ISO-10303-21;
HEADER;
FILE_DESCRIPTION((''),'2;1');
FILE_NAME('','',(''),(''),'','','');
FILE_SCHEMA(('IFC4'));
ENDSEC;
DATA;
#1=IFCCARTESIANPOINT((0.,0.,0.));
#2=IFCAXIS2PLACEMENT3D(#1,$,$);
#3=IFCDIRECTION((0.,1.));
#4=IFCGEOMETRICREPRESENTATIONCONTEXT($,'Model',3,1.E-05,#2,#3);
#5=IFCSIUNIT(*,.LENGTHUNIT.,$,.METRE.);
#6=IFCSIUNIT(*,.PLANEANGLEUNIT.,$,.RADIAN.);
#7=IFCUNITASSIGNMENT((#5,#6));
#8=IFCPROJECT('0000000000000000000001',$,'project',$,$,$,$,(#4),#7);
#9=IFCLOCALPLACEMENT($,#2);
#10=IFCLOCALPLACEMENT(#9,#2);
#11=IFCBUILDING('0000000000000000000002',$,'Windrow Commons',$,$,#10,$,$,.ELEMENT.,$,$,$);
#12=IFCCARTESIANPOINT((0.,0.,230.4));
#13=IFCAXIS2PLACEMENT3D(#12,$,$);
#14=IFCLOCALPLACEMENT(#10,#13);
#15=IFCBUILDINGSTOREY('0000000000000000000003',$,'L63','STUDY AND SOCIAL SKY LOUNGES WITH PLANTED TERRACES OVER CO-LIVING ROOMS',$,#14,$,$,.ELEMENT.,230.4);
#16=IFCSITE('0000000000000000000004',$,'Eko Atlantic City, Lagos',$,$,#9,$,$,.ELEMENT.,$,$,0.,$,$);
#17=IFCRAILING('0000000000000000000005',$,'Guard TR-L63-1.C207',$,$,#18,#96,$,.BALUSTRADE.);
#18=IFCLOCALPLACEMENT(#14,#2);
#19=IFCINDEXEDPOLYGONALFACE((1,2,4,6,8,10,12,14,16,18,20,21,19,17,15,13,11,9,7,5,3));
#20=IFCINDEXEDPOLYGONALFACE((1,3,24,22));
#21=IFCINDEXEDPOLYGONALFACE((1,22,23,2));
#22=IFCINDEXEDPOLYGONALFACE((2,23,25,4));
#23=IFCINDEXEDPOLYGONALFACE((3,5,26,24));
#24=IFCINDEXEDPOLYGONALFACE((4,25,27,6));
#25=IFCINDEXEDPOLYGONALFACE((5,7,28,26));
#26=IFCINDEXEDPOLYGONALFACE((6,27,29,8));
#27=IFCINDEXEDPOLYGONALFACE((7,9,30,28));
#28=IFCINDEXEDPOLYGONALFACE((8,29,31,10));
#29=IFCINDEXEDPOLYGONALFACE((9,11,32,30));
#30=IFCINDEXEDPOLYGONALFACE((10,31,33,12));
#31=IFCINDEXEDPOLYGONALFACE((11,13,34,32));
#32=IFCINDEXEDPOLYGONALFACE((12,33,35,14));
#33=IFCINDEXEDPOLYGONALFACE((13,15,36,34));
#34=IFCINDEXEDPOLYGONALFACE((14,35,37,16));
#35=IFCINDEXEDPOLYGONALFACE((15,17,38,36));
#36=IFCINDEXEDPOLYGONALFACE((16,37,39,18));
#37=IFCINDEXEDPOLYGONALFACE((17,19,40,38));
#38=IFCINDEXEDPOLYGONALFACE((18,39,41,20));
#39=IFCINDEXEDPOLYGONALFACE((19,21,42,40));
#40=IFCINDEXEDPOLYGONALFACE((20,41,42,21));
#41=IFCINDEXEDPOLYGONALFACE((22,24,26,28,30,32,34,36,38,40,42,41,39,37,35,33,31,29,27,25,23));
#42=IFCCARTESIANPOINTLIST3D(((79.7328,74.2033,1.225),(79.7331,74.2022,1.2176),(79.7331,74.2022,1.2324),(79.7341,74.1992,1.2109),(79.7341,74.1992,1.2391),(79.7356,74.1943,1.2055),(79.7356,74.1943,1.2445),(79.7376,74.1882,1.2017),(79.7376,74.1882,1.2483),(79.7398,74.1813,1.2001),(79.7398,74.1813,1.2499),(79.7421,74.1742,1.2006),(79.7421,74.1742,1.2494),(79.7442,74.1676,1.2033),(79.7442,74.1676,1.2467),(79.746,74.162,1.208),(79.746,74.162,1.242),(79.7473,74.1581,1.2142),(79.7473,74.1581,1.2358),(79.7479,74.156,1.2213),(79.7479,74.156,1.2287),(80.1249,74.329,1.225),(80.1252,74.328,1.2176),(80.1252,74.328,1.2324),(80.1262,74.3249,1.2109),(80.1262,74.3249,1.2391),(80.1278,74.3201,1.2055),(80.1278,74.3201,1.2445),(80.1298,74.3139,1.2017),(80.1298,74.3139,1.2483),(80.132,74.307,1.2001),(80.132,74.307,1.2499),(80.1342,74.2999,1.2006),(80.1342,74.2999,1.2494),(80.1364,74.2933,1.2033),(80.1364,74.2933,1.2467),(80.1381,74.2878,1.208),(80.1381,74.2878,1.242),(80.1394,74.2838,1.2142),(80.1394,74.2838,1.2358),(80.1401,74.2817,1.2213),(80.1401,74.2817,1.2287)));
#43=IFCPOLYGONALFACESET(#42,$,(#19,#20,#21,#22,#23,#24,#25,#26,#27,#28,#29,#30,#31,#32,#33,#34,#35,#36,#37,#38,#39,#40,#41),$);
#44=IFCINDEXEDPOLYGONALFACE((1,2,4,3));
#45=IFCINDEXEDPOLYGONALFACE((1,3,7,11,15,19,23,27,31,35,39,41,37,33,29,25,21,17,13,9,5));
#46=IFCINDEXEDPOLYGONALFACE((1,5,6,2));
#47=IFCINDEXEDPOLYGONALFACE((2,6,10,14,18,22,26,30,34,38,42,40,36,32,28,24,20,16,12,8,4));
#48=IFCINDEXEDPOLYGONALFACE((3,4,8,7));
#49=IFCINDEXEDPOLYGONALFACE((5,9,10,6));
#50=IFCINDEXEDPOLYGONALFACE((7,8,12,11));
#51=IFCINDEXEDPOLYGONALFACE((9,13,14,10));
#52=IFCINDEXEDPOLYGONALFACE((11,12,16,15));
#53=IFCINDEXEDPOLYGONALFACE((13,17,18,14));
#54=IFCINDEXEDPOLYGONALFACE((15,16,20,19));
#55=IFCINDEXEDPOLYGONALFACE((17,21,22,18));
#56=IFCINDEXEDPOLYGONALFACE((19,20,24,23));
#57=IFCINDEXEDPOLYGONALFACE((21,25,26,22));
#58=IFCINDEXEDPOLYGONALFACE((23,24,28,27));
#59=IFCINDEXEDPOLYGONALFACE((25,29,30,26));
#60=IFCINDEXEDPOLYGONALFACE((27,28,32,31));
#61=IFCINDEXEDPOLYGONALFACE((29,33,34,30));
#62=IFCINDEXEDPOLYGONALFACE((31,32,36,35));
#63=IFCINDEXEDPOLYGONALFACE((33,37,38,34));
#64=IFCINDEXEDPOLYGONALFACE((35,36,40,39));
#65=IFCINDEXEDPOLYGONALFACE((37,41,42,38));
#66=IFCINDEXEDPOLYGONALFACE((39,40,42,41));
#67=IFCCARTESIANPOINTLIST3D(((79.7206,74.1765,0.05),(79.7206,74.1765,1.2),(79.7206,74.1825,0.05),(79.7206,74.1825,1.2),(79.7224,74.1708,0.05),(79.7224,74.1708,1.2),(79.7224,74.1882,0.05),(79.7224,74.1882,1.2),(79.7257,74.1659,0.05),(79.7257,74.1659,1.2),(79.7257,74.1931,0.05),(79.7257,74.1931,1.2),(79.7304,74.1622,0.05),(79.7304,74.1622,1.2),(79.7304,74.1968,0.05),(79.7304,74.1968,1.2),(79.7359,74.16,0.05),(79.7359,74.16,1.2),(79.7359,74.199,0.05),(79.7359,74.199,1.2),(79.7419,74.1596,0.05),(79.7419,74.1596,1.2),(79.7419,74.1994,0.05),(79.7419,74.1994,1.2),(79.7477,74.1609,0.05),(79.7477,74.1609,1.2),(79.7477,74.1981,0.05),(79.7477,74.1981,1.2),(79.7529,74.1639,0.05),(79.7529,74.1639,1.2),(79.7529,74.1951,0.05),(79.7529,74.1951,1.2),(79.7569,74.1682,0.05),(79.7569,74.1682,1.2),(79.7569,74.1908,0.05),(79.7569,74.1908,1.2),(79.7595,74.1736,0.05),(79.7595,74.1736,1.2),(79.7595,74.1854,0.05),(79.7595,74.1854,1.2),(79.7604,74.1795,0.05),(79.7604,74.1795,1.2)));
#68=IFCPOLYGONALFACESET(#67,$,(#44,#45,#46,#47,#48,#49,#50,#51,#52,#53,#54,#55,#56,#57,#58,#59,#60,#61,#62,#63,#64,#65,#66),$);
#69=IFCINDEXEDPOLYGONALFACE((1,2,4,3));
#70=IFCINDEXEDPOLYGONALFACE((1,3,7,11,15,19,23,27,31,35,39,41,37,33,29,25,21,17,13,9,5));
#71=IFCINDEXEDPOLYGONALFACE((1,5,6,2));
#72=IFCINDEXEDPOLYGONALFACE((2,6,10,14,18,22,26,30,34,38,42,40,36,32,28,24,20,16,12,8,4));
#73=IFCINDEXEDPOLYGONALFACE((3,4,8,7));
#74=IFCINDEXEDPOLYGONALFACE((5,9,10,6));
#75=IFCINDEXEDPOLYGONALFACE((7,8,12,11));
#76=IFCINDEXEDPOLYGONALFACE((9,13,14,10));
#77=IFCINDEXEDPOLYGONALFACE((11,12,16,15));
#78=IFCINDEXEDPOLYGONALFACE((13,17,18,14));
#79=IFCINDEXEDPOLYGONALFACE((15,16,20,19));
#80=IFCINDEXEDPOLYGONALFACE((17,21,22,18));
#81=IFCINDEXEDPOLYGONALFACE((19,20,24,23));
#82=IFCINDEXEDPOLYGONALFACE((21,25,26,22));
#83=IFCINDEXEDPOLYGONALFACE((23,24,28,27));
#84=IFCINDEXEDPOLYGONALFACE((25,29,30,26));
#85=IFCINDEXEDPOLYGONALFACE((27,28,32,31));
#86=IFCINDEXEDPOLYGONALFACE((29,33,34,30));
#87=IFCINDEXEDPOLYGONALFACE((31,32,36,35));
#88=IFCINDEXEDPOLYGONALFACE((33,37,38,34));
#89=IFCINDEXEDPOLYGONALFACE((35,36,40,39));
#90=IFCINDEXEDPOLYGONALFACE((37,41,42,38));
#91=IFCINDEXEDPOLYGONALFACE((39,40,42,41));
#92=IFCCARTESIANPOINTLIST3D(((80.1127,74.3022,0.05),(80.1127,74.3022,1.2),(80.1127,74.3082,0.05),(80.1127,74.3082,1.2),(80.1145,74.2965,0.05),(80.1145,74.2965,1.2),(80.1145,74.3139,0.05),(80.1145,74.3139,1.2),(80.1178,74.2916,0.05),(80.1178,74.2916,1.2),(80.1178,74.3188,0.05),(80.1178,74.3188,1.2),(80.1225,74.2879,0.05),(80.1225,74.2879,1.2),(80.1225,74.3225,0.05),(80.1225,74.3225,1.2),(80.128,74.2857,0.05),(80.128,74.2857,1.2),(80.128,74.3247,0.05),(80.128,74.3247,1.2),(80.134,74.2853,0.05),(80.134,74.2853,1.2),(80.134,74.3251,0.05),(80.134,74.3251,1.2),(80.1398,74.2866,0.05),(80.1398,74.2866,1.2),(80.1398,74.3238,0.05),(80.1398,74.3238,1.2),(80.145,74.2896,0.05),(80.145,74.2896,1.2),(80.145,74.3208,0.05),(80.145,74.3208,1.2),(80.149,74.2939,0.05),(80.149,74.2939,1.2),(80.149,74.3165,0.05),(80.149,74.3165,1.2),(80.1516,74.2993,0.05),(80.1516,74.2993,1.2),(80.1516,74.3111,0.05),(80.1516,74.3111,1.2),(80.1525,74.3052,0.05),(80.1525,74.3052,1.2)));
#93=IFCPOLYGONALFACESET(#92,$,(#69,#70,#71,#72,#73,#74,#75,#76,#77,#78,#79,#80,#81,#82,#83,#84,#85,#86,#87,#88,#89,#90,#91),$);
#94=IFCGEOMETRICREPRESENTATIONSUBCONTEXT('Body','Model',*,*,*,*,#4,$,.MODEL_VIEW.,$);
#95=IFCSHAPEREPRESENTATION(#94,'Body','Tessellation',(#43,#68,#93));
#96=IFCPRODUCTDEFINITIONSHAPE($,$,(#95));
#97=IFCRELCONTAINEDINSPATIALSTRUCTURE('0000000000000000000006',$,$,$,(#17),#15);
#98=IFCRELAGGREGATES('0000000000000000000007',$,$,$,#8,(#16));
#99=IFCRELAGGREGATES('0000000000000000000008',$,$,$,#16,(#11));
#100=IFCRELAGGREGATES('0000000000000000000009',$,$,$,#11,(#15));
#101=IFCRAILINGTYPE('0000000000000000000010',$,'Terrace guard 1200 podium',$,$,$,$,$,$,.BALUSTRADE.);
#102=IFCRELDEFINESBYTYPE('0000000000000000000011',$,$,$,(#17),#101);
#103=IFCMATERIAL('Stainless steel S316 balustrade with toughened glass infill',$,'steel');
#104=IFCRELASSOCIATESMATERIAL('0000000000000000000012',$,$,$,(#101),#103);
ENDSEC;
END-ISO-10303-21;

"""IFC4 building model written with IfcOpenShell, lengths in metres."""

from ifc_helpers import new_model, si_unit, direction, frame, origin, origin_2d, place, context, subcontext, project, spatial, circle, extrude, material, type_object, element, save


model = new_model("IFC4")

# Units and contexts
model_context = context("Model", 3, precision=1e-05, world=origin(), true_north=direction((0.0, 1.0)))
body_context = subcontext(model_context, "Body", "Model", "MODEL_VIEW")
ifc_project = project(units=[si_unit("LENGTHUNIT", "METRE"), si_unit("PLANEANGLEUNIT", "RADIAN")], contexts=[model_context])

# Site, building, storey
site_placement = place(None, origin())
site = spatial("IfcSite", under=ifc_project, at=site_placement, Name="Eko Atlantic City, Lagos", CompositionType="ELEMENT", RefElevation=0.0)
building_placement = place(site_placement, origin())
building = spatial("IfcBuilding", under=site, at=building_placement, Name="Windrow Commons", CompositionType="ELEMENT")
storey_placement = place(building_placement, frame((0.0, 0.0, 230.4)))
storey = spatial("IfcBuildingStorey", under=building, at=storey_placement, Name="L63", Description="STUDY AND SOCIAL SKY LOUNGES WITH PLANTED TERRACES OVER CO-LIVING ROOMS", CompositionType="ELEMENT", Elevation=230.4)

# Railing
ifc_material_1 = material(Name="Stainless steel S316 balustrade with toughened glass infill", Category="steel")
railing_type_1 = type_object("IfcRailingType", Name="Terrace guard 1200 podium", PredefinedType="BALUSTRADE", material=ifc_material_1)
railing_1_placement = place(storey_placement, frame((79.7404, 74.1795, 0.05)))
element("IfcRailing", 1, at=railing_1_placement, inside=storey, type_object=railing_type_1, Name="Guard TR-L63-1.C207", PredefinedType="BALUSTRADE", context=body_context, shape_type="SweptSolid", body=[
    extrude(circle(Radius=0.025, at=origin_2d()), frame((0.0, 0.0, 1.175), z_axis=(0.952263, 0.305278, 0.0), x_axis=(-0.305278, 0.952263, 0.0)), (0.0, 0.0, 1.0), 0.4118),
    extrude(circle(Radius=0.02, at=origin_2d()), origin(), (0.0, 0.0, 1.0), 1.15),
    extrude(circle(Radius=0.02, at=origin_2d()), frame((0.3921, 0.1257, 0.0)), (0.0, 0.0, 1.0), 1.15),
])

save(model, "model.ifc")
